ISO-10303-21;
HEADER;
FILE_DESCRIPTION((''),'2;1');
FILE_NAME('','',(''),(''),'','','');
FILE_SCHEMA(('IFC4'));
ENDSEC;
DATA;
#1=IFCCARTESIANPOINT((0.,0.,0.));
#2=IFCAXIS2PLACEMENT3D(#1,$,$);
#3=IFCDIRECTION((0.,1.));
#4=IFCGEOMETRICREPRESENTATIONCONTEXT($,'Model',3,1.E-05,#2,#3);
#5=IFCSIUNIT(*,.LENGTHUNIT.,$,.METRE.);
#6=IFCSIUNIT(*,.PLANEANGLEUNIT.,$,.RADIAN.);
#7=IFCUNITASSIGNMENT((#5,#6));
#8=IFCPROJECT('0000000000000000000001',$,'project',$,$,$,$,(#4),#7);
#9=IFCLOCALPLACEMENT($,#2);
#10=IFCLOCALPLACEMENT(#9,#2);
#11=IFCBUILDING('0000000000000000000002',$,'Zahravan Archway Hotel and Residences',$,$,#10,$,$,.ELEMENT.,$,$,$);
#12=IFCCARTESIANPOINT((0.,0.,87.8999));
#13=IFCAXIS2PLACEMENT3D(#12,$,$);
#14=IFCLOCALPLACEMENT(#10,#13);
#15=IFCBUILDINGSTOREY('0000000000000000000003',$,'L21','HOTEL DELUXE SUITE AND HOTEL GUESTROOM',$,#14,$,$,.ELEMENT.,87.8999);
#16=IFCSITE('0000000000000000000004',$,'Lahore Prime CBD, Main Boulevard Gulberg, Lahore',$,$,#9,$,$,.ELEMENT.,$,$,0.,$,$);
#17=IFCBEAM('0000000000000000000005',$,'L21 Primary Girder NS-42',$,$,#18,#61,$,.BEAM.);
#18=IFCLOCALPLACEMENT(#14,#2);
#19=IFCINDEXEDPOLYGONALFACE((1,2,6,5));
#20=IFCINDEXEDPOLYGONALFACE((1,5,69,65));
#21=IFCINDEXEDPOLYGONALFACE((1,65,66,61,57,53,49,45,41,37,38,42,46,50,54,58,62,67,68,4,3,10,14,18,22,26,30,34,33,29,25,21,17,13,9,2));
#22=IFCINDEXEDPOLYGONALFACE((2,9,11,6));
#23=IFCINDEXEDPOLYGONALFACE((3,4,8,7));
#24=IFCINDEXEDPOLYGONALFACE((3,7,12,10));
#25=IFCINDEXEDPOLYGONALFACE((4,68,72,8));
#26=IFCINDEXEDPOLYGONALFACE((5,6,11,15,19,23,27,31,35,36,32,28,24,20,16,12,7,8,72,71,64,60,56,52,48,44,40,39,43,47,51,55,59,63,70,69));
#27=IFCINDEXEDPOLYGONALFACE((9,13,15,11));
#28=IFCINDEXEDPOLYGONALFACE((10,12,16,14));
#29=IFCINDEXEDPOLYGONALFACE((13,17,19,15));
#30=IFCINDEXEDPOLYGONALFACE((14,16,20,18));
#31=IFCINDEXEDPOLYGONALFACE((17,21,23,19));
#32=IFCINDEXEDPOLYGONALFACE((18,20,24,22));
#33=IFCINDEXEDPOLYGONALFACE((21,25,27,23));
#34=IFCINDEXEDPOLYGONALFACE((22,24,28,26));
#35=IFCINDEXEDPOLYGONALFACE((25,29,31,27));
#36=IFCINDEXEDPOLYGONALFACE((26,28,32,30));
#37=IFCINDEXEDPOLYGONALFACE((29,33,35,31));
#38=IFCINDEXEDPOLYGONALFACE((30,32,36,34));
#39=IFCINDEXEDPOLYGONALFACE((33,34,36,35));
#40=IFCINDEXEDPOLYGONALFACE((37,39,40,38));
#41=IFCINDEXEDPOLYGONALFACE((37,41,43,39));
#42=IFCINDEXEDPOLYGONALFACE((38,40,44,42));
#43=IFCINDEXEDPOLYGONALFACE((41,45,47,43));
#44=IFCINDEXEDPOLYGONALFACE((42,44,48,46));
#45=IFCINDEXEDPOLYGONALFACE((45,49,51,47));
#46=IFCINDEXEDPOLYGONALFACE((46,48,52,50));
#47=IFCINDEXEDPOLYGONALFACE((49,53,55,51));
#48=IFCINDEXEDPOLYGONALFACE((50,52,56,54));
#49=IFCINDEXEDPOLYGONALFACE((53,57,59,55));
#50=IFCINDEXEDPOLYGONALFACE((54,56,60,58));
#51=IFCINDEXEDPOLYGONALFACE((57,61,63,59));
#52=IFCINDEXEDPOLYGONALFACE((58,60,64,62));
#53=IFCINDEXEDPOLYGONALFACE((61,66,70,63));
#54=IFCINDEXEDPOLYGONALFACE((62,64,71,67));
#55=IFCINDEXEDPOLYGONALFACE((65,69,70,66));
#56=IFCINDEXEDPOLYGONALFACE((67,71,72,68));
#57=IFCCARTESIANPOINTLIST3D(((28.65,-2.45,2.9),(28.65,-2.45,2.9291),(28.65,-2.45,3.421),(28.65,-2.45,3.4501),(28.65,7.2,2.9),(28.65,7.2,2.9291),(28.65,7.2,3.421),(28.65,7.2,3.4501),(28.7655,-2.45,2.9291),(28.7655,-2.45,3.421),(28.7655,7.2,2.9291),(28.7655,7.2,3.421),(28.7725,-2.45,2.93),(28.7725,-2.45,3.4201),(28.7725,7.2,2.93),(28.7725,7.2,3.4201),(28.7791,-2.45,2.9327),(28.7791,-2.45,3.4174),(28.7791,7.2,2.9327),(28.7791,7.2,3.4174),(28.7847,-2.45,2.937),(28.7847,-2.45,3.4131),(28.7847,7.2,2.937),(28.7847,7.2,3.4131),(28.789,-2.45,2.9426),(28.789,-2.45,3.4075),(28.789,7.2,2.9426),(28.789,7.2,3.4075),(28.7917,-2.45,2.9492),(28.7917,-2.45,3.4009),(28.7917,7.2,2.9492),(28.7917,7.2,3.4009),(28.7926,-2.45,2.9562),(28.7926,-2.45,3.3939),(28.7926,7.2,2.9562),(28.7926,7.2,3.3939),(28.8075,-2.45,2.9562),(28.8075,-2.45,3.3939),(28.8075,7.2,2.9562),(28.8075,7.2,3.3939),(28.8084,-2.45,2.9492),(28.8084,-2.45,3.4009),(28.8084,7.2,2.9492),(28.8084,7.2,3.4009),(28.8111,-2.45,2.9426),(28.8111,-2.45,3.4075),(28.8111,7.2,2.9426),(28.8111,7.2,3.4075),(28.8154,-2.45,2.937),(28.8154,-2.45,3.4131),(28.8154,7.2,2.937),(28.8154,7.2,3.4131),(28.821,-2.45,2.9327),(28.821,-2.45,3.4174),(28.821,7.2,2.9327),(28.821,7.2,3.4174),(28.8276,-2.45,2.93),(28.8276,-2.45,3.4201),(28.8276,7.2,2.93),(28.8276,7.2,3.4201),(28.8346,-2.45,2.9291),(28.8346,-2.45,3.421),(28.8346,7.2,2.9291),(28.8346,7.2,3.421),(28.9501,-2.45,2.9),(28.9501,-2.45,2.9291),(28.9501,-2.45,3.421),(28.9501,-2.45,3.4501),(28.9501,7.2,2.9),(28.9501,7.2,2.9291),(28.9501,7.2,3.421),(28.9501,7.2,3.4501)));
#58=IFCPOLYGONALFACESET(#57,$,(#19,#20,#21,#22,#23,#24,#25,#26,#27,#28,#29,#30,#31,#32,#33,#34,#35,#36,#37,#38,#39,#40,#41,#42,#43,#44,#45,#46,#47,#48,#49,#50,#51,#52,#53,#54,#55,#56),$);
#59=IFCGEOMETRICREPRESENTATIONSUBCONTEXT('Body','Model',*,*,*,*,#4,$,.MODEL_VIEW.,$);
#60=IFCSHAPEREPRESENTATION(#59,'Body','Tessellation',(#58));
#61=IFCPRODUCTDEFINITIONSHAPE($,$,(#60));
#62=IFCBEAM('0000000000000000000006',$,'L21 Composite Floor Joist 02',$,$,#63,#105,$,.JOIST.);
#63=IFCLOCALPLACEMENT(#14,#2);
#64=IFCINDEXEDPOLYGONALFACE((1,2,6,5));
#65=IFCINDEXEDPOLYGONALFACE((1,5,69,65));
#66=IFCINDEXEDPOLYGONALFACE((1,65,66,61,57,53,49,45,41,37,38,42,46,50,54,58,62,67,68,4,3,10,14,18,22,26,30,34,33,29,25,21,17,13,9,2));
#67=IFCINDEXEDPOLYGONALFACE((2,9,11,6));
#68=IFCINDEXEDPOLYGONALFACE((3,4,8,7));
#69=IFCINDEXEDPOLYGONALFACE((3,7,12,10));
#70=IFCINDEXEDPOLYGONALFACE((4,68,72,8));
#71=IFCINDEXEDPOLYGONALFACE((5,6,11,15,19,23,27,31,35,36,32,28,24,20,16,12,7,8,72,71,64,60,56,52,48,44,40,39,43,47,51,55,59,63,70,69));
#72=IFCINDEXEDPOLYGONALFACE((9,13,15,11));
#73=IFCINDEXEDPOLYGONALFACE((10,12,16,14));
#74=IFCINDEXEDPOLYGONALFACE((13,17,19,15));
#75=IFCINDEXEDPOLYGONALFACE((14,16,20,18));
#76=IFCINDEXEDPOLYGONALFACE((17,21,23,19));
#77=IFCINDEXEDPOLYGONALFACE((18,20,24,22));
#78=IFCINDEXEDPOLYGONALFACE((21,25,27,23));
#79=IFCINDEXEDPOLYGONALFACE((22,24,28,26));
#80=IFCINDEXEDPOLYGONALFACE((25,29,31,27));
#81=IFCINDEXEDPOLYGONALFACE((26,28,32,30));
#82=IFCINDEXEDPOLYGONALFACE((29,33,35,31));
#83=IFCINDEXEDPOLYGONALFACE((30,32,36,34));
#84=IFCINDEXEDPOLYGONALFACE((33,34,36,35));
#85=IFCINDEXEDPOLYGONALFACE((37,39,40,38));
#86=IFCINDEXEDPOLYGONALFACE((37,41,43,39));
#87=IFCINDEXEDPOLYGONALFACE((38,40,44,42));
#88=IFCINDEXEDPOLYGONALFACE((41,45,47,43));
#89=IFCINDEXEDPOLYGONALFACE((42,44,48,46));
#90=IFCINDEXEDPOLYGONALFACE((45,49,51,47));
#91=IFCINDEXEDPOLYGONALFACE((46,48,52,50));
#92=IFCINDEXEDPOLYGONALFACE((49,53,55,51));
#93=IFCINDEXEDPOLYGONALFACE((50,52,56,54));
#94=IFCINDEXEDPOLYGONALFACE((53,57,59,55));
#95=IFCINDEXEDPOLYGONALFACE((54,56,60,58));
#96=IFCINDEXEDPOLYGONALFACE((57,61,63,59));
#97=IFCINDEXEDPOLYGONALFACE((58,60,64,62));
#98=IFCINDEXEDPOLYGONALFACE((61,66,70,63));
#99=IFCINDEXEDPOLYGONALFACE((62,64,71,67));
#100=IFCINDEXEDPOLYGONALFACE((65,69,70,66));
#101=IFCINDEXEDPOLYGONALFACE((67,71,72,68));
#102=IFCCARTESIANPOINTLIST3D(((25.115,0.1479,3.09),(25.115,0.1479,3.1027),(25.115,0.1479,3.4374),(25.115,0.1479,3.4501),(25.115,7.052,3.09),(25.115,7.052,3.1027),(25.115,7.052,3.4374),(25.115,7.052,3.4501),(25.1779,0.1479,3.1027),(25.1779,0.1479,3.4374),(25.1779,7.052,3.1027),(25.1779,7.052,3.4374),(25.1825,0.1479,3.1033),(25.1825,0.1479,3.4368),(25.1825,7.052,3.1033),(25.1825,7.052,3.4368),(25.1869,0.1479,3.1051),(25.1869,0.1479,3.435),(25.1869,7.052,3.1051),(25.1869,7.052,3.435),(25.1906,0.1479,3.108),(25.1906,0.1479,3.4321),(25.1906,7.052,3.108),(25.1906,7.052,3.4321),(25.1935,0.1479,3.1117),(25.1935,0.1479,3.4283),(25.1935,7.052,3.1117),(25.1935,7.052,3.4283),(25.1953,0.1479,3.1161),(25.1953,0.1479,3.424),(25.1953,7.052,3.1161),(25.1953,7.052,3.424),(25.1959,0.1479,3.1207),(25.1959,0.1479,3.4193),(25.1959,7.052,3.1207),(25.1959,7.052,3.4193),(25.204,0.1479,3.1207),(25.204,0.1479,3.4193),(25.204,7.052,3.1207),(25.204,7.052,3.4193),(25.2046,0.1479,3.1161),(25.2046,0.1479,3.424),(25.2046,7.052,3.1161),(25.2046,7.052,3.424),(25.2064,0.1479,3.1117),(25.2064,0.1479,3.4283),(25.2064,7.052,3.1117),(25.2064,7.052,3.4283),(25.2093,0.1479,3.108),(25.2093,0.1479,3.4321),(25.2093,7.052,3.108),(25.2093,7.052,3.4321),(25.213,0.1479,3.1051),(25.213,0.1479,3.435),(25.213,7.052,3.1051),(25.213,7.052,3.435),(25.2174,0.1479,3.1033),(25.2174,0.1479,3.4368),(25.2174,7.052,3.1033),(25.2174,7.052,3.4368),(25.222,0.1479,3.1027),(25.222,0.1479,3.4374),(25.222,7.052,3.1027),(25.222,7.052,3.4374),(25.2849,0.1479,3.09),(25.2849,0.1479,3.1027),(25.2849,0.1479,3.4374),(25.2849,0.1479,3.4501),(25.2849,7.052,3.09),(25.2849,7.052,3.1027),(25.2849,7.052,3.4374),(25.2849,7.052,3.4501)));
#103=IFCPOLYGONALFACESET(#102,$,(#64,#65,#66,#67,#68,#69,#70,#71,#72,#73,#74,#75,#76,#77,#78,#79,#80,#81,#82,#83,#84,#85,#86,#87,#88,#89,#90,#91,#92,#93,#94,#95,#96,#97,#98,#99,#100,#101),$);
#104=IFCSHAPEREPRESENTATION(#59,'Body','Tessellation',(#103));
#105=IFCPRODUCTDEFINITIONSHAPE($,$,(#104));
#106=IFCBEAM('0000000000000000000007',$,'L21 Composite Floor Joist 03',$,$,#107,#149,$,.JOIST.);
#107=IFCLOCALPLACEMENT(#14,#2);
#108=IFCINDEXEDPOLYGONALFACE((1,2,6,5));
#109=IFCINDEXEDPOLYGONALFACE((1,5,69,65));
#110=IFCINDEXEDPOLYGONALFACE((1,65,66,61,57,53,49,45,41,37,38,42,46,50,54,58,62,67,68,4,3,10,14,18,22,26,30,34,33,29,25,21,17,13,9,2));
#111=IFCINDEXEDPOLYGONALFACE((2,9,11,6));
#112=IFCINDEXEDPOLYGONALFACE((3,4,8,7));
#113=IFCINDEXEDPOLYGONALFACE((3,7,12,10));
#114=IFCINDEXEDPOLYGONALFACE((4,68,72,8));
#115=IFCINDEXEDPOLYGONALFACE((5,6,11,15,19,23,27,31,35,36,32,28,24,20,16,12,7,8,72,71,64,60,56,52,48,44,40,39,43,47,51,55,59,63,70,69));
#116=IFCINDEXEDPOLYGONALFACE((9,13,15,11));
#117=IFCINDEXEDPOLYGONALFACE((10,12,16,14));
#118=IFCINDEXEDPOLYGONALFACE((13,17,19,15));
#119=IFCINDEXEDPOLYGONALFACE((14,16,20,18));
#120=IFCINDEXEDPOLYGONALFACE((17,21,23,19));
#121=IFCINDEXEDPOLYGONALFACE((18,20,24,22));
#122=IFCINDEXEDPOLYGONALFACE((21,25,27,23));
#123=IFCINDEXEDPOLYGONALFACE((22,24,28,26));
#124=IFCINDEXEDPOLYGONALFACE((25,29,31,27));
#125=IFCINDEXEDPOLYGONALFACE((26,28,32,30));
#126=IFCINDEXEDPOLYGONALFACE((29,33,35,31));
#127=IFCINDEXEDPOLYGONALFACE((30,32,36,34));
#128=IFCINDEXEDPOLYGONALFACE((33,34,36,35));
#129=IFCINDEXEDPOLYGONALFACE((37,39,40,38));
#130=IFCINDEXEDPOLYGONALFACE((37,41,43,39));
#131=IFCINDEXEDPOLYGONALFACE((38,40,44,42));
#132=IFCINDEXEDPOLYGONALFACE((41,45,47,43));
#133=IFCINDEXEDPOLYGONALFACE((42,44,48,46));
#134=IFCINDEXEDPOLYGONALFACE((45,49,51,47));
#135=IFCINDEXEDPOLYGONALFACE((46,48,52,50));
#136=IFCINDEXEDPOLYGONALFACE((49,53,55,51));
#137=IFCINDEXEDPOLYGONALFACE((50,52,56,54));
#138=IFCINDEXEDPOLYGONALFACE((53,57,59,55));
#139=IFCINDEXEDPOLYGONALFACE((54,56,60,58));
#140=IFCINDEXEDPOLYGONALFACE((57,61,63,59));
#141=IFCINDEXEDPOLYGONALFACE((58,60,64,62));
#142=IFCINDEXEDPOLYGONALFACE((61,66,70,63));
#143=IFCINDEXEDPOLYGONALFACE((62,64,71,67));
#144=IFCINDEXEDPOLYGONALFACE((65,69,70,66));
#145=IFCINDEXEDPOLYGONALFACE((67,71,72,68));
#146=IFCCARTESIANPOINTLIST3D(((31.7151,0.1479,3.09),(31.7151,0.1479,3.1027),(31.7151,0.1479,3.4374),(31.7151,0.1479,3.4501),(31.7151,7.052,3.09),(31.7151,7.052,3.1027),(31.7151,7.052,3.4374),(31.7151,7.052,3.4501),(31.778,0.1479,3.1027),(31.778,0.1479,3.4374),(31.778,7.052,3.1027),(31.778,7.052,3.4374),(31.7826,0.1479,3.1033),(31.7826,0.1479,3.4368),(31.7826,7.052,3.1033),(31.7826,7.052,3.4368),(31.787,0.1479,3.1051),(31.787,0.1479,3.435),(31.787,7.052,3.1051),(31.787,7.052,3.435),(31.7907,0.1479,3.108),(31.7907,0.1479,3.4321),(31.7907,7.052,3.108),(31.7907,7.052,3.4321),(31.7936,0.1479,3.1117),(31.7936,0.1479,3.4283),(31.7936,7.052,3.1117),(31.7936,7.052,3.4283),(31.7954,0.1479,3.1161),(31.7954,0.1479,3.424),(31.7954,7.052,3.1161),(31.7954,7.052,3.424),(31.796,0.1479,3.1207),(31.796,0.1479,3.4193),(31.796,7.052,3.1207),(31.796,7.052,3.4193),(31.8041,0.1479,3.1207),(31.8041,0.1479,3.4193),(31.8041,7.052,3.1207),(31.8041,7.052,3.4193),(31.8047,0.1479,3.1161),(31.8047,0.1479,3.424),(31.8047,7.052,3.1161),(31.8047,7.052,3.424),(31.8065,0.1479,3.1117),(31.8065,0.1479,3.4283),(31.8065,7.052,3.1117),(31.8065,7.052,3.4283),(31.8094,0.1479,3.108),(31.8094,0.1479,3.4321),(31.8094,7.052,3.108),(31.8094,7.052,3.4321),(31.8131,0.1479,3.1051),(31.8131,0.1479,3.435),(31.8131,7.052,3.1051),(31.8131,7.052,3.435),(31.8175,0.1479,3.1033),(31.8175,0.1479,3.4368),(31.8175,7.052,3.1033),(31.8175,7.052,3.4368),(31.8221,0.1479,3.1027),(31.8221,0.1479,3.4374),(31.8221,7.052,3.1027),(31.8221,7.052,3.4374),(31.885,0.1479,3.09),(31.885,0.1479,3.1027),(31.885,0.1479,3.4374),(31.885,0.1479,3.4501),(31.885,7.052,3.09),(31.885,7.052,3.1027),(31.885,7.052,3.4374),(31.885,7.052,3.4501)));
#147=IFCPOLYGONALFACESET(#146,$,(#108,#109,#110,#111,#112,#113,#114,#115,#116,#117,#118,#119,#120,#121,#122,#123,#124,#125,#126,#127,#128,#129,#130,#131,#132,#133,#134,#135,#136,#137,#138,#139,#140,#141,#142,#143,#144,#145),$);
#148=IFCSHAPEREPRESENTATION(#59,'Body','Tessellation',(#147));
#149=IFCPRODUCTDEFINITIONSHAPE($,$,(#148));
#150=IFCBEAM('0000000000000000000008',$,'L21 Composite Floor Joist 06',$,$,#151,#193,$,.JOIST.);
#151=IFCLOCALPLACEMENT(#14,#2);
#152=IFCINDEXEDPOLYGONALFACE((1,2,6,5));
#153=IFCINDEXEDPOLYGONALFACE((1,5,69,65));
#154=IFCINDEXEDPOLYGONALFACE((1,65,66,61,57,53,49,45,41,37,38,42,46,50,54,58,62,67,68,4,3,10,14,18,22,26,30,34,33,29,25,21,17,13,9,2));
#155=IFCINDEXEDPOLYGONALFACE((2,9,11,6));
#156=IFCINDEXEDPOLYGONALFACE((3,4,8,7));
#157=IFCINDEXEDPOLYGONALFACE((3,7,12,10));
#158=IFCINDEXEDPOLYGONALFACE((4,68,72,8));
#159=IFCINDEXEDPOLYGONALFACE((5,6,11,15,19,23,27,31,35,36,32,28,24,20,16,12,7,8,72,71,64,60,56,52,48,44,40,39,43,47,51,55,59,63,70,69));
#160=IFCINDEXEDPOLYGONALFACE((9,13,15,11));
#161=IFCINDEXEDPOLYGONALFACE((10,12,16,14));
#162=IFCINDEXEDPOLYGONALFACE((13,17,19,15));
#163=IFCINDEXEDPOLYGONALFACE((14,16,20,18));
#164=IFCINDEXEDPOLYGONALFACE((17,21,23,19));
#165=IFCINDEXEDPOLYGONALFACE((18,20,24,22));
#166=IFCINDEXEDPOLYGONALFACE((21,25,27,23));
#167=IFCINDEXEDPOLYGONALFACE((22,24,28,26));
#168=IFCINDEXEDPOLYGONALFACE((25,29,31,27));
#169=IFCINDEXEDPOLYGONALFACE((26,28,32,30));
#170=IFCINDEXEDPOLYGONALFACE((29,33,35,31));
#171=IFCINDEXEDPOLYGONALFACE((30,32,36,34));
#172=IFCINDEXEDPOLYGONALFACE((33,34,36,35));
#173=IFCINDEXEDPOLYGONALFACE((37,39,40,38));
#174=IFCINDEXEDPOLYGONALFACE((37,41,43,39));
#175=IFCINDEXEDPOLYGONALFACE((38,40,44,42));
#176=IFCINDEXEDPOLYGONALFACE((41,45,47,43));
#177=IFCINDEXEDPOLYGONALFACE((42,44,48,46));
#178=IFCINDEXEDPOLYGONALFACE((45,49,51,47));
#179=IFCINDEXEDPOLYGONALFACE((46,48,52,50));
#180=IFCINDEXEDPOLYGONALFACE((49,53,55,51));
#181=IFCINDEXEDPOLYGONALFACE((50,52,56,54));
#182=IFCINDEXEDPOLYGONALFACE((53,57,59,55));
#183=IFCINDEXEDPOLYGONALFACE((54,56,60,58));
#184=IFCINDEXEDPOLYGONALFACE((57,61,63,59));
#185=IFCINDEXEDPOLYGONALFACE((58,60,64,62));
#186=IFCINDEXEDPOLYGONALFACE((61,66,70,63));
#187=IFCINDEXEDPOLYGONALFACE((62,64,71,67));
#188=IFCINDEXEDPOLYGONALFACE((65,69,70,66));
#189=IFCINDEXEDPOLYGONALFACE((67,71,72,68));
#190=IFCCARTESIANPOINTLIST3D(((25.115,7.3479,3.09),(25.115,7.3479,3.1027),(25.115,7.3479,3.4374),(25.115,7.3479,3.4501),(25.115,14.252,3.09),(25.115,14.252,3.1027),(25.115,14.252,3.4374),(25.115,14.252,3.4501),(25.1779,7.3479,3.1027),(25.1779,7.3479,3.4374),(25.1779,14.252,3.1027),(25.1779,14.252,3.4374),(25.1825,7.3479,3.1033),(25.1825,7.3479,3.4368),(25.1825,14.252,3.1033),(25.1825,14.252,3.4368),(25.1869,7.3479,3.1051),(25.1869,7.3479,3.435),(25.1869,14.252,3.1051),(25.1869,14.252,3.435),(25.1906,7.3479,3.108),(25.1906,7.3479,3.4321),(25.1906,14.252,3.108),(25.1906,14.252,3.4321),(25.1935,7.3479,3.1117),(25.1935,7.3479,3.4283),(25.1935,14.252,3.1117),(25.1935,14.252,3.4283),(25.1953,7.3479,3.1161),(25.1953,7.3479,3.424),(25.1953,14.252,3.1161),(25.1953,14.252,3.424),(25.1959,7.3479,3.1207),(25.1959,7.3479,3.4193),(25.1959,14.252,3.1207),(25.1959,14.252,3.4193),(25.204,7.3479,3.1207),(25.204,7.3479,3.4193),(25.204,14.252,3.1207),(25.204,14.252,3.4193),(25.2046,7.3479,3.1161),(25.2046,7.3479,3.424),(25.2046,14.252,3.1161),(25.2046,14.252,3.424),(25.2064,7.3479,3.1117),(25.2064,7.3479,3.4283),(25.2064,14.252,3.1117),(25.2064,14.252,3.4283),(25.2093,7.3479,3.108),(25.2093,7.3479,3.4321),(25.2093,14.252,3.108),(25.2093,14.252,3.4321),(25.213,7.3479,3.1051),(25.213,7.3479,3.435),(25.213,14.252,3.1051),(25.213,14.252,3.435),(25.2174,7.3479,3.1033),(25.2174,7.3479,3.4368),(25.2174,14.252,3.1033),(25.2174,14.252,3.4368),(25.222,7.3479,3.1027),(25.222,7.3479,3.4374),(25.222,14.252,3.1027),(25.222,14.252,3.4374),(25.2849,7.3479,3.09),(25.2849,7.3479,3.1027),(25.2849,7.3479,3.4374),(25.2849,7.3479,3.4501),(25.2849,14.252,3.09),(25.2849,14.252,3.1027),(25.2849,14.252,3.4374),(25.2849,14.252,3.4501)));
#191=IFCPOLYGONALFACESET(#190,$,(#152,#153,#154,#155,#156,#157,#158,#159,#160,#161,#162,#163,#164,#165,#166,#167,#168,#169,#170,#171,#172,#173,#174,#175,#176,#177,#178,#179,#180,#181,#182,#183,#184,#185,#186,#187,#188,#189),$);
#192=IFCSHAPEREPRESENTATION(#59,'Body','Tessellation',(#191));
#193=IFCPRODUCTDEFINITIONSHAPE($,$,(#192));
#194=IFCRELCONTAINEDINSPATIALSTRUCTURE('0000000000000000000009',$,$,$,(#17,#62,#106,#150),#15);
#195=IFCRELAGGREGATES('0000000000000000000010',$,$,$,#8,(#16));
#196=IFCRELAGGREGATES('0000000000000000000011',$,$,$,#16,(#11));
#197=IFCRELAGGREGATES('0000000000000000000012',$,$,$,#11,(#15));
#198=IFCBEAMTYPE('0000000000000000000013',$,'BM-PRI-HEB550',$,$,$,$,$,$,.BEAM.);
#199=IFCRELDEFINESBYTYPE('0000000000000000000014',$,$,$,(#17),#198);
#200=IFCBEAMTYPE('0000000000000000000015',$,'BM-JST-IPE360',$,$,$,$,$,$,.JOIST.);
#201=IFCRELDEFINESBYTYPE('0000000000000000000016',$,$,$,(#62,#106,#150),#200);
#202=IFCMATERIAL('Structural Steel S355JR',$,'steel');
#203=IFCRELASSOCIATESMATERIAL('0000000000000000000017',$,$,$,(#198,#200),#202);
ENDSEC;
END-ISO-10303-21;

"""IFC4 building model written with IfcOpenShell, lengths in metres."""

from ifc_helpers import new_model, si_unit, direction, frame, origin, origin_2d, place, context, subcontext, project, spatial, i_section, extrude, source, transform, mapped, material, material_profile, profile_set, type_object, type_shapes, element, save


model = new_model("IFC4")

# Units and contexts
model_context = context("Model", 3, precision=1e-05, world=origin(), true_north=direction((0.0, 1.0)))
body_context = subcontext(model_context, "Body", "Model", "MODEL_VIEW")
ifc_project = project(units=[si_unit("LENGTHUNIT", "METRE"), si_unit("PLANEANGLEUNIT", "RADIAN")], contexts=[model_context])

# Site, building, storey
site_placement = place(None, origin())
site = spatial("IfcSite", under=ifc_project, at=site_placement, Name="Lahore Prime CBD, Main Boulevard Gulberg, Lahore", CompositionType="ELEMENT", RefElevation=0.0)
building_placement = place(site_placement, origin())
building = spatial("IfcBuilding", under=site, at=building_placement, Name="Zahravan Archway Hotel and Residences", CompositionType="ELEMENT")
storey_placement = place(building_placement, frame((0.0, 0.0, 87.8999)))
storey = spatial("IfcBuildingStorey", under=building, at=storey_placement, Name="L21", Description="HOTEL DELUXE SUITE AND HOTEL GUESTROOM", CompositionType="ELEMENT", Elevation=87.8999)

# Beams
ifc_material_1 = material(Name="Structural Steel S355JR", Category="steel")
ifc_material_profile_1 = material_profile(ifc_material_1, i_section(OverallWidth=0.3, OverallDepth=0.55, WebThickness=0.0149, FlangeThickness=0.0291, FilletRadius=0.0271, at=origin_2d()), Name="HEB 550", Category="steel")
ifc_profile_set_1 = profile_set([ifc_material_profile_1], Name="Structural Steel S355JR")
beam_type_1 = type_object("IfcBeamType", Name="BM-PRI-HEB550", PredefinedType="BEAM", material=ifc_profile_set_1)
shared_shape_1 = source(origin(), body_context, "Body", "SweptSolid", [
    extrude(i_section(OverallWidth=0.3, OverallDepth=0.55, WebThickness=0.0149, FlangeThickness=0.0291, FilletRadius=0.0271, at=origin_2d()), origin(), (0.0, 0.0, 1.0), 9.6499),
])
beam_1_placement = place(storey_placement, frame((28.8, -2.45, 3.175), z_axis=(0.0, 1.0, 0.0), x_axis=(-1.0, 0.0, 0.0)))
element("IfcBeam", 1, at=beam_1_placement, inside=storey, type_object=beam_type_1, Name="L21 Primary Girder NS-42", PredefinedType="BEAM", context=body_context, shape_type="MappedRepresentation", body=[
    mapped(shared_shape_1, transform((0.0, 0.0, 0.0), scale=1.0)),
])
ifc_material_profile_2 = material_profile(ifc_material_1, i_section(OverallWidth=0.1699, OverallDepth=0.3601, WebThickness=0.0081, FlangeThickness=0.0127, FilletRadius=0.0181, at=origin_2d()), Name="IPE 360", Category="steel")
ifc_profile_set_2 = profile_set([ifc_material_profile_2], Name="Structural Steel S355JR")
beam_type_2 = type_object("IfcBeamType", Name="BM-JST-IPE360", PredefinedType="JOIST", material=ifc_profile_set_2)
shared_shape_2 = source(origin(), body_context, "Body", "SweptSolid", [
    extrude(i_section(OverallWidth=0.1699, OverallDepth=0.3601, WebThickness=0.0081, FlangeThickness=0.0127, FilletRadius=0.0181, at=origin_2d()), origin(), (0.0, 0.0, 1.0), 6.9041),
])
type_shapes(beam_type_2, [shared_shape_2])
for number, where, z_axis, x_axis, name in (
    (2, (25.2, 0.1479, 3.27), (0.0, 1.0, 0.0), (-1.0, 0.0, 0.0), "L21 Composite Floor Joist 02"),
    (3, (31.8, 0.1479, 3.27), (0.0, 1.0, 0.0), (-1.0, 0.0, 0.0), "L21 Composite Floor Joist 03"),
    (4, (25.2, 7.3479, 3.27), (0.0, 1.0, 0.0), (-1.0, 0.0, 0.0), "L21 Composite Floor Joist 06"),
):
    element("IfcBeam", number, at=place(storey_placement, frame(where, z_axis=z_axis, x_axis=x_axis)), inside=storey, type_object=beam_type_2, Name=name, PredefinedType="JOIST", context=body_context, shape_type="MappedRepresentation", body=[
        mapped(shared_shape_2, transform((0.0, 0.0, 0.0), scale=1.0)),
    ])

save(model, "model.ifc")
